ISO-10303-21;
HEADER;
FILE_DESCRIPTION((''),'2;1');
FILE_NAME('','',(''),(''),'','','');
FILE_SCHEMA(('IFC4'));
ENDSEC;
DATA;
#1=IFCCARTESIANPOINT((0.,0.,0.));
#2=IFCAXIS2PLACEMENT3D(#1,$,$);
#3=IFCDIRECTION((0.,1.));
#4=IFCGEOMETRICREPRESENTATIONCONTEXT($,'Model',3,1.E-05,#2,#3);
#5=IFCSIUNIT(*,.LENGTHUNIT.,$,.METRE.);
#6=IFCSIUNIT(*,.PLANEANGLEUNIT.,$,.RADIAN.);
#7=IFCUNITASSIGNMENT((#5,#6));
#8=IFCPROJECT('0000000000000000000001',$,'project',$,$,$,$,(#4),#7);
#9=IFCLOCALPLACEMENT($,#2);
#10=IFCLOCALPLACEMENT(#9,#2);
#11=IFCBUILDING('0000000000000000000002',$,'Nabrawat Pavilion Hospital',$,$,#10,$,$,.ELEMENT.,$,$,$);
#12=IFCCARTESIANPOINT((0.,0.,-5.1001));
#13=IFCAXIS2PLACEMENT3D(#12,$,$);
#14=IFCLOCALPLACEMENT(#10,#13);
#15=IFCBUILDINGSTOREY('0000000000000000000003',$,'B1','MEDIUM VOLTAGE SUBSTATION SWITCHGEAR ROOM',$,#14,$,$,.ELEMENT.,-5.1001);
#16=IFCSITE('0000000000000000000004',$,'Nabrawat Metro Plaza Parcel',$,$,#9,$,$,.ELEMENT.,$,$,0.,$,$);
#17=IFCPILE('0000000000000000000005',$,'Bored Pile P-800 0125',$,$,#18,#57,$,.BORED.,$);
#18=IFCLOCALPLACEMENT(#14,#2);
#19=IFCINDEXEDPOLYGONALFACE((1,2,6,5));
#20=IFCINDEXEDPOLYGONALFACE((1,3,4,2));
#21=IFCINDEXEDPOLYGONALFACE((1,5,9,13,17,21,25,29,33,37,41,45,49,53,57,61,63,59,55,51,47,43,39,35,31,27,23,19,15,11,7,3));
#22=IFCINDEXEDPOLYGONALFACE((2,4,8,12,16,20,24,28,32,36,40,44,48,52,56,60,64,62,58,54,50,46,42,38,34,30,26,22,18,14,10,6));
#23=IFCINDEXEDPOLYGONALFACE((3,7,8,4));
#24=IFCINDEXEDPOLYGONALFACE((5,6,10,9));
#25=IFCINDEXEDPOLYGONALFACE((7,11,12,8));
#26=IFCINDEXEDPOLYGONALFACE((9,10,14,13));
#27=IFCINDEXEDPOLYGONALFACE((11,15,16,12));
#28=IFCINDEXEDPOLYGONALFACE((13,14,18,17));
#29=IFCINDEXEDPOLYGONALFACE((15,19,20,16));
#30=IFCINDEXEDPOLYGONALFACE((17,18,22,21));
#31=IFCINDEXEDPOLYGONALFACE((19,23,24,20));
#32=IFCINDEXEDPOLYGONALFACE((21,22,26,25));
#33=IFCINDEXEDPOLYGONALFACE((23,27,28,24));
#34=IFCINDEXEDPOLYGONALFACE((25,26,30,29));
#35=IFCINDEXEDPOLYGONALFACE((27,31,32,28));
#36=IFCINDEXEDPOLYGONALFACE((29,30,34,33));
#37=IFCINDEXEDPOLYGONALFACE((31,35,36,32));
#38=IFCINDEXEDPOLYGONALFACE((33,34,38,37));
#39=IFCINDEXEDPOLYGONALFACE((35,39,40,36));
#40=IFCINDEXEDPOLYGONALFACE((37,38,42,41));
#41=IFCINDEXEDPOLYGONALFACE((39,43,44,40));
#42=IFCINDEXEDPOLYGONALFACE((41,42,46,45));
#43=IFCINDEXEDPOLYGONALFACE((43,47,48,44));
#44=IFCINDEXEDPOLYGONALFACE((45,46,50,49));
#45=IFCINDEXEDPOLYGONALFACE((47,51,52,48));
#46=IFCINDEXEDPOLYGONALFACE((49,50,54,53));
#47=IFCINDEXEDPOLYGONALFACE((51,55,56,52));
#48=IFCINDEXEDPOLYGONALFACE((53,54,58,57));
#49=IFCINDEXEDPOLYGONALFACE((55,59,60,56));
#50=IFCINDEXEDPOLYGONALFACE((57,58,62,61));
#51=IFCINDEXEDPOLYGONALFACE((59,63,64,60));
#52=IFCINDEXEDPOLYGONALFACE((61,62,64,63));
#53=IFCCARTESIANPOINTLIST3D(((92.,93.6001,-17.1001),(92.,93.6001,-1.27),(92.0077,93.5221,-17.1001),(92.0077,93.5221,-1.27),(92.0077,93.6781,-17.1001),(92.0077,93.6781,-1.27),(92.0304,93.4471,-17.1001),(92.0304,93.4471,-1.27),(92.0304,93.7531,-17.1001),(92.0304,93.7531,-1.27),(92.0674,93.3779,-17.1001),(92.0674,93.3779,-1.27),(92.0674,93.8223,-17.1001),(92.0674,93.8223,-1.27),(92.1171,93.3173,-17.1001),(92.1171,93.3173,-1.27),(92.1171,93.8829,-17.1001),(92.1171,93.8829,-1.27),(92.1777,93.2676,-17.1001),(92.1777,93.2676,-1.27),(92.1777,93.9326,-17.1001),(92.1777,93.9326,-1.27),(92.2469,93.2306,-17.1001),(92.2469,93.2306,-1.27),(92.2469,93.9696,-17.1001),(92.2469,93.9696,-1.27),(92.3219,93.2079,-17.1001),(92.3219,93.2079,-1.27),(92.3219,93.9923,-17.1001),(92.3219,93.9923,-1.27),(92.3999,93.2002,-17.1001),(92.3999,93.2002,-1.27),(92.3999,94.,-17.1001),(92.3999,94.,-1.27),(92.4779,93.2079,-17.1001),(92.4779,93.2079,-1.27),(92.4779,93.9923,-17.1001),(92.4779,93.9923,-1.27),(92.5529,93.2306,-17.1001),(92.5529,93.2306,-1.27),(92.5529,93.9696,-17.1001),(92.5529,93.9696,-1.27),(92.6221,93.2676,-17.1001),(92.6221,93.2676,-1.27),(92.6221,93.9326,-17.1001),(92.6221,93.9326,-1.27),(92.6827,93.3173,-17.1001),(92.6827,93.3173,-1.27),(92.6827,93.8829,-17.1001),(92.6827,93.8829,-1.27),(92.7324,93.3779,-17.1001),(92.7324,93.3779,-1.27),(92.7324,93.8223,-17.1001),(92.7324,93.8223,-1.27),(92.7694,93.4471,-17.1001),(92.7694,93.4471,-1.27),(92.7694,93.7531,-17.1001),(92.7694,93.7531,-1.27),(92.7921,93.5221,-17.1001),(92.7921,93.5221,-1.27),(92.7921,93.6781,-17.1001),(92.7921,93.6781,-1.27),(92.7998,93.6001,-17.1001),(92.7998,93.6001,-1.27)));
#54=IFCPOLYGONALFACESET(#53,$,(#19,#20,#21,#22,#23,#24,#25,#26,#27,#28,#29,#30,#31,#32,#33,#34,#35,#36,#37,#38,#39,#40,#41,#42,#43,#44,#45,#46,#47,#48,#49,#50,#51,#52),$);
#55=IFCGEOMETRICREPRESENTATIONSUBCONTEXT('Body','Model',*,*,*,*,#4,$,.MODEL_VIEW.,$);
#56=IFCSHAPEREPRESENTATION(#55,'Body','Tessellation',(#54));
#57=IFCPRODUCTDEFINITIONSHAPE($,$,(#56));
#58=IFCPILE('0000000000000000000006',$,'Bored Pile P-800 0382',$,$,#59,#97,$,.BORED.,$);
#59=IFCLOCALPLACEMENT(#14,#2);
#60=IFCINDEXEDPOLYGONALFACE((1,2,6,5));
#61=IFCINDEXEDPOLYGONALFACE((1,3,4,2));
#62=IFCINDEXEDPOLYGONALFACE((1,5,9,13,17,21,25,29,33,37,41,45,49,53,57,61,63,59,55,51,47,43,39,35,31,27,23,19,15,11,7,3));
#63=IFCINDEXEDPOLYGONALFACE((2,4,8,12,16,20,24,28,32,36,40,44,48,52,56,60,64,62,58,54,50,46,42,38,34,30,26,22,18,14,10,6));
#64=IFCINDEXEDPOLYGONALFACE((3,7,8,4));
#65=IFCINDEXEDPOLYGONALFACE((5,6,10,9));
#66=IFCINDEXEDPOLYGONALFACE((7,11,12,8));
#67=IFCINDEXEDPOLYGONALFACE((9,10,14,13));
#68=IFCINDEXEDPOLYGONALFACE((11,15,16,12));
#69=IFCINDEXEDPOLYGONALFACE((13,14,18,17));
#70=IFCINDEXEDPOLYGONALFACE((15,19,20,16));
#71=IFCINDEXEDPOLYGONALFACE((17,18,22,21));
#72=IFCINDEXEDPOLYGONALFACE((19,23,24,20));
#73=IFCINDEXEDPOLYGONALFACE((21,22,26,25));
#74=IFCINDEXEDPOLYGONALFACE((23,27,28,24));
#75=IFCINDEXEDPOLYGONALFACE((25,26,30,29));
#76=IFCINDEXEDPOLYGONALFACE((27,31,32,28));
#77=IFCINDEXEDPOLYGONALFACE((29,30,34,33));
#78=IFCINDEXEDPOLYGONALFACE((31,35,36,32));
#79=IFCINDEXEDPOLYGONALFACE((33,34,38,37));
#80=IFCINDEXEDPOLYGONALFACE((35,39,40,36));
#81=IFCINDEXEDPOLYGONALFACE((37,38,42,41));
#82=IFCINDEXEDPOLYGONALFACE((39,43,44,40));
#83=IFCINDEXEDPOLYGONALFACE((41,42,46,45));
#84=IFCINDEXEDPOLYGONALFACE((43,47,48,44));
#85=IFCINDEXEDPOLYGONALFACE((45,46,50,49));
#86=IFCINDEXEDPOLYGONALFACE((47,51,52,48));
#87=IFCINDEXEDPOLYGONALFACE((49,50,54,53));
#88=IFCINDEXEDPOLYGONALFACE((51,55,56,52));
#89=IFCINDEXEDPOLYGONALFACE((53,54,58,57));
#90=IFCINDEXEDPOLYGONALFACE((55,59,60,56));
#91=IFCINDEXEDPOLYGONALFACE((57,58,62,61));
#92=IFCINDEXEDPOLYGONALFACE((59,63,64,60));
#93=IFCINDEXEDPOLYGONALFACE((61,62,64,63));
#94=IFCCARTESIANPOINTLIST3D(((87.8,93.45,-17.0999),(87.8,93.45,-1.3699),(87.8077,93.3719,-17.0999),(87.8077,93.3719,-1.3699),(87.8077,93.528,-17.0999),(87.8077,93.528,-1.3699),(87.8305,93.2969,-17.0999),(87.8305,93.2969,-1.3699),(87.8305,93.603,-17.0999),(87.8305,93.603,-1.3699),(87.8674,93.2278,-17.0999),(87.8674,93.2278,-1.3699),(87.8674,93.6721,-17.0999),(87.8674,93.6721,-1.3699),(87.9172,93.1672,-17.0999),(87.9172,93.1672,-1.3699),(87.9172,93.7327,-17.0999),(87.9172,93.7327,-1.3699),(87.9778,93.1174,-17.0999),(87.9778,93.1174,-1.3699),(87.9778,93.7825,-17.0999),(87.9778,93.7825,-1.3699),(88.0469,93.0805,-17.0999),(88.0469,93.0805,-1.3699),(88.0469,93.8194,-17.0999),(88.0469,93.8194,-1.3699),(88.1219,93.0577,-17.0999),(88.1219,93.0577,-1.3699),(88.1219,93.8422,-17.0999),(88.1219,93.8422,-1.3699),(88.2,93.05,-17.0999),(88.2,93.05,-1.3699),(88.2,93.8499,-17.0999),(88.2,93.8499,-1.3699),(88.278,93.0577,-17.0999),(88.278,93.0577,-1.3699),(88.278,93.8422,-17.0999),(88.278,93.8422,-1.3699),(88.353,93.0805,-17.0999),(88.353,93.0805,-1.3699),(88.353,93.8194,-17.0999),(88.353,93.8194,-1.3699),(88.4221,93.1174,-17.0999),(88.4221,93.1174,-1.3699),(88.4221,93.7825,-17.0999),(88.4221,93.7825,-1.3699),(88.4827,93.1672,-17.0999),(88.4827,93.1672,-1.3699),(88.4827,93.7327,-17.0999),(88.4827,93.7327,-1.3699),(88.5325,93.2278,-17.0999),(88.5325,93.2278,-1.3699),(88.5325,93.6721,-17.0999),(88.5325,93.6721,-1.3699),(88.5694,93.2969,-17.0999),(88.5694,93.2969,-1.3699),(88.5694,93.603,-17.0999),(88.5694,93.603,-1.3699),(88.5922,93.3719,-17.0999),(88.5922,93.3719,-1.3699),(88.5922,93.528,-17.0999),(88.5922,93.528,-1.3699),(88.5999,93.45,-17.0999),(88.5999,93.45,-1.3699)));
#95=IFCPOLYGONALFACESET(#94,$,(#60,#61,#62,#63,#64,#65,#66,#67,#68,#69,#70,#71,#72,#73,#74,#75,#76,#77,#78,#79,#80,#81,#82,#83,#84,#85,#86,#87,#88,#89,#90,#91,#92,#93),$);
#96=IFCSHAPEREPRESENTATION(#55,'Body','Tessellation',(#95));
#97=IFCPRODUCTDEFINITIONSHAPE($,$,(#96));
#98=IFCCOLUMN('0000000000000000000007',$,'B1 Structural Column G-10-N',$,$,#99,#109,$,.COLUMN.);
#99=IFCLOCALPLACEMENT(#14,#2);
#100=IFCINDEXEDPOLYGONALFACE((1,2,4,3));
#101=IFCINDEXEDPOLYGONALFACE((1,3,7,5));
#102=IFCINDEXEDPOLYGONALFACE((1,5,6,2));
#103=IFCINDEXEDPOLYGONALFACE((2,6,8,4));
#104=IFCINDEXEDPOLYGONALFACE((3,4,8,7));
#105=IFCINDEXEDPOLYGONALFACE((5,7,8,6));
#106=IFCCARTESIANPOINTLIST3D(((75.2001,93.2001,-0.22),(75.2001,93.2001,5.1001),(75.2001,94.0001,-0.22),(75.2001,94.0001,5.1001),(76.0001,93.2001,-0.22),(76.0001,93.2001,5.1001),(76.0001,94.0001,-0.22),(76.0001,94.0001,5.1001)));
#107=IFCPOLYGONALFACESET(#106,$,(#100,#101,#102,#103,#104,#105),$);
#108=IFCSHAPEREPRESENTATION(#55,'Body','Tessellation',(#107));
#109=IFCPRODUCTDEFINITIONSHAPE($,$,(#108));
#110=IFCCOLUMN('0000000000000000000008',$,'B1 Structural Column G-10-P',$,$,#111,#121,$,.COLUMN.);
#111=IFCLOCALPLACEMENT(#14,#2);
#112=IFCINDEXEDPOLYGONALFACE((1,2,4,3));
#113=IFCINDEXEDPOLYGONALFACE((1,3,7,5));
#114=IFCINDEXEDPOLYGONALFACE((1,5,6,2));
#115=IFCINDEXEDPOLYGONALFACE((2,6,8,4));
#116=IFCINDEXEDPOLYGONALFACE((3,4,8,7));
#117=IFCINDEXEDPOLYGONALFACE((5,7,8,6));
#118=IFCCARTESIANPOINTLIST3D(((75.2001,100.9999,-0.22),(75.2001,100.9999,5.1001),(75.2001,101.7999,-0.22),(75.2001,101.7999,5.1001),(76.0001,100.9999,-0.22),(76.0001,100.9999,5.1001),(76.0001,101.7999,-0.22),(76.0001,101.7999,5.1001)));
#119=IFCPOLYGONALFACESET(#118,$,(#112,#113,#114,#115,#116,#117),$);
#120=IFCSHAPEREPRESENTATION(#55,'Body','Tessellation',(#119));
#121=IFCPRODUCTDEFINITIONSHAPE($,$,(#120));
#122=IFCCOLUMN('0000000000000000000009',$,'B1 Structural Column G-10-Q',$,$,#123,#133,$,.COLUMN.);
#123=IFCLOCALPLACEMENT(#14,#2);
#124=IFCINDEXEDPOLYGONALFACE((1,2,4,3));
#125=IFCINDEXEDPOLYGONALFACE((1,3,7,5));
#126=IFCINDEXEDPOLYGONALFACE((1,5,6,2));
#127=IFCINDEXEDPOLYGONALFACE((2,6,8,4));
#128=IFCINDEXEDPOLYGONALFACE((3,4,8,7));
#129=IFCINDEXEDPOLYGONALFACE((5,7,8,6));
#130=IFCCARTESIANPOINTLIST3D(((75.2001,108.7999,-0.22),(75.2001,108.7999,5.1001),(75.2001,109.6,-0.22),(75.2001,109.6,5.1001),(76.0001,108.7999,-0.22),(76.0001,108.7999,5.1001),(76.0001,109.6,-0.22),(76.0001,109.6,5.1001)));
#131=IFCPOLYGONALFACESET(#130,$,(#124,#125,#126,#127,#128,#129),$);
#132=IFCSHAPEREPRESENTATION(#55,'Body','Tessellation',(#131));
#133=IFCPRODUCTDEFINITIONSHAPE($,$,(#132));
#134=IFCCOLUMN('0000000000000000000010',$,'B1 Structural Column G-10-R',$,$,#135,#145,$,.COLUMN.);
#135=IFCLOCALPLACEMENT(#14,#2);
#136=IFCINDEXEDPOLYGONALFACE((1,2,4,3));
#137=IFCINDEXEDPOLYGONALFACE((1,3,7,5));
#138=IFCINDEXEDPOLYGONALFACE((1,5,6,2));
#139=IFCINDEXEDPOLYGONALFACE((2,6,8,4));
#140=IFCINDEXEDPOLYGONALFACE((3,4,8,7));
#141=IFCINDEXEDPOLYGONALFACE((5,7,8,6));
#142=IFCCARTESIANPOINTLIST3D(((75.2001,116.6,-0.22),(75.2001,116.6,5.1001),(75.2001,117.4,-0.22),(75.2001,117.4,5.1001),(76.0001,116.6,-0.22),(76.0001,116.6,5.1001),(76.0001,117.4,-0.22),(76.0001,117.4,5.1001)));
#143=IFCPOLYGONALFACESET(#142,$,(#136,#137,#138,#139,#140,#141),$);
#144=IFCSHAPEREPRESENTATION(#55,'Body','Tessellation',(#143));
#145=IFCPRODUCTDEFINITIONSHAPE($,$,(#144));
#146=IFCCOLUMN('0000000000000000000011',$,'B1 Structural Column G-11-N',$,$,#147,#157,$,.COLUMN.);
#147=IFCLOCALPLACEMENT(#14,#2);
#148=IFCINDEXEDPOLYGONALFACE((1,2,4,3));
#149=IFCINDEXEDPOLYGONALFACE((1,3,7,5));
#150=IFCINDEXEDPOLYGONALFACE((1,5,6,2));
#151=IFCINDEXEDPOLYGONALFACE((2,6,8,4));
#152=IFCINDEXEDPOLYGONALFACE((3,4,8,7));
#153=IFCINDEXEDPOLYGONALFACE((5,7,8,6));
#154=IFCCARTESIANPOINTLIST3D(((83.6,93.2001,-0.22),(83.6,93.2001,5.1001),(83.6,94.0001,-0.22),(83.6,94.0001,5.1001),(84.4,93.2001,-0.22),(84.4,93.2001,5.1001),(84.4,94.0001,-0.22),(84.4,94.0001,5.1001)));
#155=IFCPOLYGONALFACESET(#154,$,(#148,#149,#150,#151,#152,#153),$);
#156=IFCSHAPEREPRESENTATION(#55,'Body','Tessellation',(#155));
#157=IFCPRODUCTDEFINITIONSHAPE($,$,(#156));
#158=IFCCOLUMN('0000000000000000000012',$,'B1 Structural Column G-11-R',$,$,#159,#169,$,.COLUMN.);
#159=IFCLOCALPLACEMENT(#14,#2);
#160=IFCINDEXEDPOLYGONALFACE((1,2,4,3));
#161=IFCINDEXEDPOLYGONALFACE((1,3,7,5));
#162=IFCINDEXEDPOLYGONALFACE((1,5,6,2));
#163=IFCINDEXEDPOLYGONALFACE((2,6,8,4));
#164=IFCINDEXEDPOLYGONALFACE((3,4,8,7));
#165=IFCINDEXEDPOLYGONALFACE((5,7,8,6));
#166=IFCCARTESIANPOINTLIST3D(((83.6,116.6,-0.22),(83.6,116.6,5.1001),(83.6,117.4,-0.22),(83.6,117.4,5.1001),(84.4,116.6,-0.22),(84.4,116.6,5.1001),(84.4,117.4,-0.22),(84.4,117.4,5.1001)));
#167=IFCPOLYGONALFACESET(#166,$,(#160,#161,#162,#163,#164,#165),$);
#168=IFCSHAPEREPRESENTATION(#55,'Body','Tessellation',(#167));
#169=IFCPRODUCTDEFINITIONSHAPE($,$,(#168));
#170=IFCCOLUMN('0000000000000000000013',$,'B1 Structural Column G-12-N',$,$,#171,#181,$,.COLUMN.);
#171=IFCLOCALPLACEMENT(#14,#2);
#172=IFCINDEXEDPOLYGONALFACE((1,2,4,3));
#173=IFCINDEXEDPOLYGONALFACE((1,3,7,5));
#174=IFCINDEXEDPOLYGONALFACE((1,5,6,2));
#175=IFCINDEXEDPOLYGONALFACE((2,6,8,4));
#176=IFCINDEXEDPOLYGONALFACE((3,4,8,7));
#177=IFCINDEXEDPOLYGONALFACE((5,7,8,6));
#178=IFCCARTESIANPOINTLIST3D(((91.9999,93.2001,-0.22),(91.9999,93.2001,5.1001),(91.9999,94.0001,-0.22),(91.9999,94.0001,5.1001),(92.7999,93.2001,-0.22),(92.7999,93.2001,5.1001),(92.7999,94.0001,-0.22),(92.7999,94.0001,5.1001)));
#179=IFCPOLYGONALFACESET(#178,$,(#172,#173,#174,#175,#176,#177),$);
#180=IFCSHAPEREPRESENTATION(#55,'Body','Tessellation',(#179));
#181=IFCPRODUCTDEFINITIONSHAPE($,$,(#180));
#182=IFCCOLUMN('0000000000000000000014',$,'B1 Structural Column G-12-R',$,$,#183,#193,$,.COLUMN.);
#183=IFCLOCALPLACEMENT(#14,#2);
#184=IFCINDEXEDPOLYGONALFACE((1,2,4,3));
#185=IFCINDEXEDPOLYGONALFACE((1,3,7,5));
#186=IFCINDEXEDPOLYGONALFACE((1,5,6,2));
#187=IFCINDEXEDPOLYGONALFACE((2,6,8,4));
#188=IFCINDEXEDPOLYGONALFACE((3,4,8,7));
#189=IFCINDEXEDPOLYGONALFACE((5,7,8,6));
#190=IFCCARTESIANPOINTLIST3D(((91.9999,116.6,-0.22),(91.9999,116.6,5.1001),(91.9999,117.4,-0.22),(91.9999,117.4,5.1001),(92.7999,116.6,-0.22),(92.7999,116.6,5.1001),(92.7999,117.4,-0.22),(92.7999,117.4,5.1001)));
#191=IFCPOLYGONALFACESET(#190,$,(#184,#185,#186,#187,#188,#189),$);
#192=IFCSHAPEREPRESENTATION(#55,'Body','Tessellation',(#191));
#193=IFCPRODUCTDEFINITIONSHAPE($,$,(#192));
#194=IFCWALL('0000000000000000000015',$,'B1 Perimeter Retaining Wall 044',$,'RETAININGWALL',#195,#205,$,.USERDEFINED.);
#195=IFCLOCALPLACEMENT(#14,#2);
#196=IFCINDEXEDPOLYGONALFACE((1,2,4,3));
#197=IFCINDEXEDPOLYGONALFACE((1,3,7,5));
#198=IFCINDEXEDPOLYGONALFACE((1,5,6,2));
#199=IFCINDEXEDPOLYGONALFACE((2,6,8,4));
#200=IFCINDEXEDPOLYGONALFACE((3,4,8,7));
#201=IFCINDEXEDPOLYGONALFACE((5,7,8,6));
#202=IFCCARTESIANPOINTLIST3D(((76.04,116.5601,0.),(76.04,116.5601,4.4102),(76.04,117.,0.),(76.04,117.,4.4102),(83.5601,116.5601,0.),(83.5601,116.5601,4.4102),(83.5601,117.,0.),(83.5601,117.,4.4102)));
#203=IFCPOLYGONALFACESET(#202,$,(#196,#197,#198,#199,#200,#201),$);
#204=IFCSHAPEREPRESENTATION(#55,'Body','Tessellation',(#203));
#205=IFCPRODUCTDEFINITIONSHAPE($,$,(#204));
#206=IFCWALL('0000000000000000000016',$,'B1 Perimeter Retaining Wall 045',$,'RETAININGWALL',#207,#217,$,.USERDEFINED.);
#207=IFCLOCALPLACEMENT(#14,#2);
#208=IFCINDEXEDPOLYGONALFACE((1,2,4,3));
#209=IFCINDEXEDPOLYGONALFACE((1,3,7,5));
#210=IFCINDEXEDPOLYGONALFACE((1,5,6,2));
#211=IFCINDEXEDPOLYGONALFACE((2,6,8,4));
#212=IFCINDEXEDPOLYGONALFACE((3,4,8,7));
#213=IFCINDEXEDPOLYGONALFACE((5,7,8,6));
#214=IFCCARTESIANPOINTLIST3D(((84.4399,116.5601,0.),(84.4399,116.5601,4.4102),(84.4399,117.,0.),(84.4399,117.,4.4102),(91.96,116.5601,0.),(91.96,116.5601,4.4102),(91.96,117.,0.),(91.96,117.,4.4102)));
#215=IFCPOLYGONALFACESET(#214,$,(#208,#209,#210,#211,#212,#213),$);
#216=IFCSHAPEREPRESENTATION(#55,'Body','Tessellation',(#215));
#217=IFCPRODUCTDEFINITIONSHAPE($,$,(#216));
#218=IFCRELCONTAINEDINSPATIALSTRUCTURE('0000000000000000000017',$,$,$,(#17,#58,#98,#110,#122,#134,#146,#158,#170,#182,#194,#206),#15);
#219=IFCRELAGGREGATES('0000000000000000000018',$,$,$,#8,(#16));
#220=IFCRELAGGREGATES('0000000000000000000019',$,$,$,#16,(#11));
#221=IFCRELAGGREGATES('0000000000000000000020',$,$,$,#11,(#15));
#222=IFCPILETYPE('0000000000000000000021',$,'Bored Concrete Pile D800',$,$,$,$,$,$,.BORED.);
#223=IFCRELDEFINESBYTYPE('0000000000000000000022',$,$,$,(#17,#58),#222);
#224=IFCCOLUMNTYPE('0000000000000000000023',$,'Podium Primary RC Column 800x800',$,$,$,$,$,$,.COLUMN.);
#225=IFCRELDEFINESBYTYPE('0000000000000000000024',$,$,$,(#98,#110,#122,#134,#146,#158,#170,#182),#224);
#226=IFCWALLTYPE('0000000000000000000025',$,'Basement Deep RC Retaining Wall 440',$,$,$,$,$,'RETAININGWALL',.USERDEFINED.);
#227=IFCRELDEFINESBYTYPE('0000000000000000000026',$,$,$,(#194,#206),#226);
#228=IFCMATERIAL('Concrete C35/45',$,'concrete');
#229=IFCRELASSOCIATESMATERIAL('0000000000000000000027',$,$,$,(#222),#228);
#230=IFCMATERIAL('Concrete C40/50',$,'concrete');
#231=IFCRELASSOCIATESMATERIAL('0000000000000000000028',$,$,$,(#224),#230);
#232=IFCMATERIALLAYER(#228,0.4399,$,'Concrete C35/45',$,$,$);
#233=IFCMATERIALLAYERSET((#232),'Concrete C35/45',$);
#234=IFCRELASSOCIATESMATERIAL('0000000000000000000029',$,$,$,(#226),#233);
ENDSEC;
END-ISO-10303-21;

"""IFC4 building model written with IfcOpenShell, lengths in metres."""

from ifc_helpers import new_model, si_unit, direction, frame, frame_2d, origin, origin_2d, place, context, subcontext, project, spatial, rectangle, circle, extrude, material, layer, layer_set, material_profile, profile_set, type_object, element, save


model = new_model("IFC4")

# Units and contexts
model_context = context("Model", 3, precision=1e-05, world=origin(), true_north=direction((0.0, 1.0)))
body_context = subcontext(model_context, "Body", "Model", "MODEL_VIEW")
ifc_project = project(units=[si_unit("LENGTHUNIT", "METRE"), si_unit("PLANEANGLEUNIT", "RADIAN")], contexts=[model_context])

# Site, building, storey
site_placement = place(None, origin())
site = spatial("IfcSite", under=ifc_project, at=site_placement, Name="Nabrawat Metro Plaza Parcel", CompositionType="ELEMENT", RefElevation=0.0)
building_placement = place(site_placement, origin())
building = spatial("IfcBuilding", under=site, at=building_placement, Name="Nabrawat Pavilion Hospital", CompositionType="ELEMENT")
storey_placement = place(building_placement, frame((0.0, 0.0, -5.1001)))
storey = spatial("IfcBuildingStorey", under=building, at=storey_placement, Name="B1", Description="MEDIUM VOLTAGE SUBSTATION SWITCHGEAR ROOM", CompositionType="ELEMENT", Elevation=-5.1001)

# Piles
ifc_material_1 = material(Name="Concrete C35/45", Category="concrete")
ifc_material_profile_1 = material_profile(ifc_material_1, circle(Radius=0.3999, at=origin_2d()), Name="DIA 800")
ifc_profile_set_1 = profile_set([ifc_material_profile_1], Name="Concrete C35/45")
pile_type_1 = type_object("IfcPileType", Name="Bored Concrete Pile D800", PredefinedType="BORED", material=ifc_profile_set_1)
for number, where, z_axis, x_axis, name in (
    (1, (92.3999, 93.6001, -1.27), (0.0, 0.0, -1.0), (1.0, 0.0, 0.0), "Bored Pile P-800 0125"),
):
    element("IfcPile", number, at=place(storey_placement, frame(where, z_axis=z_axis, x_axis=x_axis)), inside=storey, type_object=pile_type_1, Name=name, PredefinedType="BORED", context=body_context, shape_type="SweptSolid", body=[
        extrude(circle(Radius=0.3999, at=origin_2d()), origin(), (0.0, 0.0, 1.0), 15.8301),
    ])
pile_placement = place(storey_placement, frame((88.2, 93.45, -1.3699), z_axis=(0.0, 0.0, -1.0), x_axis=(1.0, 0.0, 0.0)))
element("IfcPile", 2, at=pile_placement, inside=storey, type_object=pile_type_1, Name="Bored Pile P-800 0382", PredefinedType="BORED", context=body_context, shape_type="SweptSolid", body=[
    extrude(circle(Radius=0.3999, at=origin_2d()), origin(), (0.0, 0.0, 1.0), 15.73),
])

# Columns
ifc_material_2 = material(Name="Concrete C40/50", Category="concrete")
ifc_material_profile_2 = material_profile(ifc_material_2, rectangle(XDim=0.8, YDim=0.8, at=origin_2d()), Name="RC 800x800")
ifc_profile_set_2 = profile_set([ifc_material_profile_2], Name="Concrete C40/50")
column_type = type_object("IfcColumnType", Name="Podium Primary RC Column 800x800", PredefinedType="COLUMN", material=ifc_profile_set_2)
for number, where, z_axis, x_axis, name in (
    (3, (75.6001, 93.6001, -0.22), (0.0, 0.0, 1.0), (1.0, 0.0, 0.0), "B1 Structural Column G-10-N"),
    (4, (75.6001, 101.3999, -0.22), (0.0, 0.0, 1.0), (1.0, 0.0, 0.0), "B1 Structural Column G-10-P"),
    (5, (75.6001, 109.2, -0.22), (0.0, 0.0, 1.0), (1.0, 0.0, 0.0), "B1 Structural Column G-10-Q"),
    (6, (75.6001, 117.0, -0.22), (0.0, 0.0, 1.0), (1.0, 0.0, 0.0), "B1 Structural Column G-10-R"),
    (7, (84.0, 93.6001, -0.22), (0.0, 0.0, 1.0), (1.0, 0.0, 0.0), "B1 Structural Column G-11-N"),
    (8, (84.0, 117.0, -0.22), (0.0, 0.0, 1.0), (1.0, 0.0, 0.0), "B1 Structural Column G-11-R"),
    (9, (92.3999, 93.6001, -0.22), (0.0, 0.0, 1.0), (1.0, 0.0, 0.0), "B1 Structural Column G-12-N"),
    (10, (92.3999, 117.0, -0.22), (0.0, 0.0, 1.0), (1.0, 0.0, 0.0), "B1 Structural Column G-12-R"),
):
    element("IfcColumn", number, at=place(storey_placement, frame(where, z_axis=z_axis, x_axis=x_axis)), inside=storey, type_object=column_type, Name=name, PredefinedType="COLUMN", context=body_context, shape_type="SweptSolid", body=[
        extrude(rectangle(XDim=0.8, YDim=0.8, at=origin_2d()), origin(), (0.0, 0.0, 1.0), 5.3201),
    ])

# Walls
ifc_layer_1 = layer(ifc_material_1, 0.4399, Name="Concrete C35/45")
ifc_layer_set_1 = layer_set([ifc_layer_1], Name="Concrete C35/45")
wall_type_1 = type_object("IfcWallType", Name="Basement Deep RC Retaining Wall 440", ElementType="RETAININGWALL", PredefinedType="USERDEFINED", material=ifc_layer_set_1)
for number, where, z_axis, x_axis, name in (
    (11, (76.04, 116.78, 0.0), (0.0, 0.0, 1.0), (1.0, 0.0, 0.0), "B1 Perimeter Retaining Wall 044"),
    (12, (84.4399, 116.78, 0.0), (0.0, 0.0, 1.0), (1.0, 0.0, 0.0), "B1 Perimeter Retaining Wall 045"),
):
    element("IfcWall", number, at=place(storey_placement, frame(where, z_axis=z_axis, x_axis=x_axis)), inside=storey, type_object=wall_type_1, Name=name, ObjectType="RETAININGWALL", PredefinedType="USERDEFINED", context=body_context, shape_type="SweptSolid", body=[
        extrude(rectangle(XDim=7.52, YDim=0.4399, at=frame_2d((3.76, 0.0))), origin(), (0.0, 0.0, 1.0), 4.4102),
    ])

save(model, "model.ifc")
